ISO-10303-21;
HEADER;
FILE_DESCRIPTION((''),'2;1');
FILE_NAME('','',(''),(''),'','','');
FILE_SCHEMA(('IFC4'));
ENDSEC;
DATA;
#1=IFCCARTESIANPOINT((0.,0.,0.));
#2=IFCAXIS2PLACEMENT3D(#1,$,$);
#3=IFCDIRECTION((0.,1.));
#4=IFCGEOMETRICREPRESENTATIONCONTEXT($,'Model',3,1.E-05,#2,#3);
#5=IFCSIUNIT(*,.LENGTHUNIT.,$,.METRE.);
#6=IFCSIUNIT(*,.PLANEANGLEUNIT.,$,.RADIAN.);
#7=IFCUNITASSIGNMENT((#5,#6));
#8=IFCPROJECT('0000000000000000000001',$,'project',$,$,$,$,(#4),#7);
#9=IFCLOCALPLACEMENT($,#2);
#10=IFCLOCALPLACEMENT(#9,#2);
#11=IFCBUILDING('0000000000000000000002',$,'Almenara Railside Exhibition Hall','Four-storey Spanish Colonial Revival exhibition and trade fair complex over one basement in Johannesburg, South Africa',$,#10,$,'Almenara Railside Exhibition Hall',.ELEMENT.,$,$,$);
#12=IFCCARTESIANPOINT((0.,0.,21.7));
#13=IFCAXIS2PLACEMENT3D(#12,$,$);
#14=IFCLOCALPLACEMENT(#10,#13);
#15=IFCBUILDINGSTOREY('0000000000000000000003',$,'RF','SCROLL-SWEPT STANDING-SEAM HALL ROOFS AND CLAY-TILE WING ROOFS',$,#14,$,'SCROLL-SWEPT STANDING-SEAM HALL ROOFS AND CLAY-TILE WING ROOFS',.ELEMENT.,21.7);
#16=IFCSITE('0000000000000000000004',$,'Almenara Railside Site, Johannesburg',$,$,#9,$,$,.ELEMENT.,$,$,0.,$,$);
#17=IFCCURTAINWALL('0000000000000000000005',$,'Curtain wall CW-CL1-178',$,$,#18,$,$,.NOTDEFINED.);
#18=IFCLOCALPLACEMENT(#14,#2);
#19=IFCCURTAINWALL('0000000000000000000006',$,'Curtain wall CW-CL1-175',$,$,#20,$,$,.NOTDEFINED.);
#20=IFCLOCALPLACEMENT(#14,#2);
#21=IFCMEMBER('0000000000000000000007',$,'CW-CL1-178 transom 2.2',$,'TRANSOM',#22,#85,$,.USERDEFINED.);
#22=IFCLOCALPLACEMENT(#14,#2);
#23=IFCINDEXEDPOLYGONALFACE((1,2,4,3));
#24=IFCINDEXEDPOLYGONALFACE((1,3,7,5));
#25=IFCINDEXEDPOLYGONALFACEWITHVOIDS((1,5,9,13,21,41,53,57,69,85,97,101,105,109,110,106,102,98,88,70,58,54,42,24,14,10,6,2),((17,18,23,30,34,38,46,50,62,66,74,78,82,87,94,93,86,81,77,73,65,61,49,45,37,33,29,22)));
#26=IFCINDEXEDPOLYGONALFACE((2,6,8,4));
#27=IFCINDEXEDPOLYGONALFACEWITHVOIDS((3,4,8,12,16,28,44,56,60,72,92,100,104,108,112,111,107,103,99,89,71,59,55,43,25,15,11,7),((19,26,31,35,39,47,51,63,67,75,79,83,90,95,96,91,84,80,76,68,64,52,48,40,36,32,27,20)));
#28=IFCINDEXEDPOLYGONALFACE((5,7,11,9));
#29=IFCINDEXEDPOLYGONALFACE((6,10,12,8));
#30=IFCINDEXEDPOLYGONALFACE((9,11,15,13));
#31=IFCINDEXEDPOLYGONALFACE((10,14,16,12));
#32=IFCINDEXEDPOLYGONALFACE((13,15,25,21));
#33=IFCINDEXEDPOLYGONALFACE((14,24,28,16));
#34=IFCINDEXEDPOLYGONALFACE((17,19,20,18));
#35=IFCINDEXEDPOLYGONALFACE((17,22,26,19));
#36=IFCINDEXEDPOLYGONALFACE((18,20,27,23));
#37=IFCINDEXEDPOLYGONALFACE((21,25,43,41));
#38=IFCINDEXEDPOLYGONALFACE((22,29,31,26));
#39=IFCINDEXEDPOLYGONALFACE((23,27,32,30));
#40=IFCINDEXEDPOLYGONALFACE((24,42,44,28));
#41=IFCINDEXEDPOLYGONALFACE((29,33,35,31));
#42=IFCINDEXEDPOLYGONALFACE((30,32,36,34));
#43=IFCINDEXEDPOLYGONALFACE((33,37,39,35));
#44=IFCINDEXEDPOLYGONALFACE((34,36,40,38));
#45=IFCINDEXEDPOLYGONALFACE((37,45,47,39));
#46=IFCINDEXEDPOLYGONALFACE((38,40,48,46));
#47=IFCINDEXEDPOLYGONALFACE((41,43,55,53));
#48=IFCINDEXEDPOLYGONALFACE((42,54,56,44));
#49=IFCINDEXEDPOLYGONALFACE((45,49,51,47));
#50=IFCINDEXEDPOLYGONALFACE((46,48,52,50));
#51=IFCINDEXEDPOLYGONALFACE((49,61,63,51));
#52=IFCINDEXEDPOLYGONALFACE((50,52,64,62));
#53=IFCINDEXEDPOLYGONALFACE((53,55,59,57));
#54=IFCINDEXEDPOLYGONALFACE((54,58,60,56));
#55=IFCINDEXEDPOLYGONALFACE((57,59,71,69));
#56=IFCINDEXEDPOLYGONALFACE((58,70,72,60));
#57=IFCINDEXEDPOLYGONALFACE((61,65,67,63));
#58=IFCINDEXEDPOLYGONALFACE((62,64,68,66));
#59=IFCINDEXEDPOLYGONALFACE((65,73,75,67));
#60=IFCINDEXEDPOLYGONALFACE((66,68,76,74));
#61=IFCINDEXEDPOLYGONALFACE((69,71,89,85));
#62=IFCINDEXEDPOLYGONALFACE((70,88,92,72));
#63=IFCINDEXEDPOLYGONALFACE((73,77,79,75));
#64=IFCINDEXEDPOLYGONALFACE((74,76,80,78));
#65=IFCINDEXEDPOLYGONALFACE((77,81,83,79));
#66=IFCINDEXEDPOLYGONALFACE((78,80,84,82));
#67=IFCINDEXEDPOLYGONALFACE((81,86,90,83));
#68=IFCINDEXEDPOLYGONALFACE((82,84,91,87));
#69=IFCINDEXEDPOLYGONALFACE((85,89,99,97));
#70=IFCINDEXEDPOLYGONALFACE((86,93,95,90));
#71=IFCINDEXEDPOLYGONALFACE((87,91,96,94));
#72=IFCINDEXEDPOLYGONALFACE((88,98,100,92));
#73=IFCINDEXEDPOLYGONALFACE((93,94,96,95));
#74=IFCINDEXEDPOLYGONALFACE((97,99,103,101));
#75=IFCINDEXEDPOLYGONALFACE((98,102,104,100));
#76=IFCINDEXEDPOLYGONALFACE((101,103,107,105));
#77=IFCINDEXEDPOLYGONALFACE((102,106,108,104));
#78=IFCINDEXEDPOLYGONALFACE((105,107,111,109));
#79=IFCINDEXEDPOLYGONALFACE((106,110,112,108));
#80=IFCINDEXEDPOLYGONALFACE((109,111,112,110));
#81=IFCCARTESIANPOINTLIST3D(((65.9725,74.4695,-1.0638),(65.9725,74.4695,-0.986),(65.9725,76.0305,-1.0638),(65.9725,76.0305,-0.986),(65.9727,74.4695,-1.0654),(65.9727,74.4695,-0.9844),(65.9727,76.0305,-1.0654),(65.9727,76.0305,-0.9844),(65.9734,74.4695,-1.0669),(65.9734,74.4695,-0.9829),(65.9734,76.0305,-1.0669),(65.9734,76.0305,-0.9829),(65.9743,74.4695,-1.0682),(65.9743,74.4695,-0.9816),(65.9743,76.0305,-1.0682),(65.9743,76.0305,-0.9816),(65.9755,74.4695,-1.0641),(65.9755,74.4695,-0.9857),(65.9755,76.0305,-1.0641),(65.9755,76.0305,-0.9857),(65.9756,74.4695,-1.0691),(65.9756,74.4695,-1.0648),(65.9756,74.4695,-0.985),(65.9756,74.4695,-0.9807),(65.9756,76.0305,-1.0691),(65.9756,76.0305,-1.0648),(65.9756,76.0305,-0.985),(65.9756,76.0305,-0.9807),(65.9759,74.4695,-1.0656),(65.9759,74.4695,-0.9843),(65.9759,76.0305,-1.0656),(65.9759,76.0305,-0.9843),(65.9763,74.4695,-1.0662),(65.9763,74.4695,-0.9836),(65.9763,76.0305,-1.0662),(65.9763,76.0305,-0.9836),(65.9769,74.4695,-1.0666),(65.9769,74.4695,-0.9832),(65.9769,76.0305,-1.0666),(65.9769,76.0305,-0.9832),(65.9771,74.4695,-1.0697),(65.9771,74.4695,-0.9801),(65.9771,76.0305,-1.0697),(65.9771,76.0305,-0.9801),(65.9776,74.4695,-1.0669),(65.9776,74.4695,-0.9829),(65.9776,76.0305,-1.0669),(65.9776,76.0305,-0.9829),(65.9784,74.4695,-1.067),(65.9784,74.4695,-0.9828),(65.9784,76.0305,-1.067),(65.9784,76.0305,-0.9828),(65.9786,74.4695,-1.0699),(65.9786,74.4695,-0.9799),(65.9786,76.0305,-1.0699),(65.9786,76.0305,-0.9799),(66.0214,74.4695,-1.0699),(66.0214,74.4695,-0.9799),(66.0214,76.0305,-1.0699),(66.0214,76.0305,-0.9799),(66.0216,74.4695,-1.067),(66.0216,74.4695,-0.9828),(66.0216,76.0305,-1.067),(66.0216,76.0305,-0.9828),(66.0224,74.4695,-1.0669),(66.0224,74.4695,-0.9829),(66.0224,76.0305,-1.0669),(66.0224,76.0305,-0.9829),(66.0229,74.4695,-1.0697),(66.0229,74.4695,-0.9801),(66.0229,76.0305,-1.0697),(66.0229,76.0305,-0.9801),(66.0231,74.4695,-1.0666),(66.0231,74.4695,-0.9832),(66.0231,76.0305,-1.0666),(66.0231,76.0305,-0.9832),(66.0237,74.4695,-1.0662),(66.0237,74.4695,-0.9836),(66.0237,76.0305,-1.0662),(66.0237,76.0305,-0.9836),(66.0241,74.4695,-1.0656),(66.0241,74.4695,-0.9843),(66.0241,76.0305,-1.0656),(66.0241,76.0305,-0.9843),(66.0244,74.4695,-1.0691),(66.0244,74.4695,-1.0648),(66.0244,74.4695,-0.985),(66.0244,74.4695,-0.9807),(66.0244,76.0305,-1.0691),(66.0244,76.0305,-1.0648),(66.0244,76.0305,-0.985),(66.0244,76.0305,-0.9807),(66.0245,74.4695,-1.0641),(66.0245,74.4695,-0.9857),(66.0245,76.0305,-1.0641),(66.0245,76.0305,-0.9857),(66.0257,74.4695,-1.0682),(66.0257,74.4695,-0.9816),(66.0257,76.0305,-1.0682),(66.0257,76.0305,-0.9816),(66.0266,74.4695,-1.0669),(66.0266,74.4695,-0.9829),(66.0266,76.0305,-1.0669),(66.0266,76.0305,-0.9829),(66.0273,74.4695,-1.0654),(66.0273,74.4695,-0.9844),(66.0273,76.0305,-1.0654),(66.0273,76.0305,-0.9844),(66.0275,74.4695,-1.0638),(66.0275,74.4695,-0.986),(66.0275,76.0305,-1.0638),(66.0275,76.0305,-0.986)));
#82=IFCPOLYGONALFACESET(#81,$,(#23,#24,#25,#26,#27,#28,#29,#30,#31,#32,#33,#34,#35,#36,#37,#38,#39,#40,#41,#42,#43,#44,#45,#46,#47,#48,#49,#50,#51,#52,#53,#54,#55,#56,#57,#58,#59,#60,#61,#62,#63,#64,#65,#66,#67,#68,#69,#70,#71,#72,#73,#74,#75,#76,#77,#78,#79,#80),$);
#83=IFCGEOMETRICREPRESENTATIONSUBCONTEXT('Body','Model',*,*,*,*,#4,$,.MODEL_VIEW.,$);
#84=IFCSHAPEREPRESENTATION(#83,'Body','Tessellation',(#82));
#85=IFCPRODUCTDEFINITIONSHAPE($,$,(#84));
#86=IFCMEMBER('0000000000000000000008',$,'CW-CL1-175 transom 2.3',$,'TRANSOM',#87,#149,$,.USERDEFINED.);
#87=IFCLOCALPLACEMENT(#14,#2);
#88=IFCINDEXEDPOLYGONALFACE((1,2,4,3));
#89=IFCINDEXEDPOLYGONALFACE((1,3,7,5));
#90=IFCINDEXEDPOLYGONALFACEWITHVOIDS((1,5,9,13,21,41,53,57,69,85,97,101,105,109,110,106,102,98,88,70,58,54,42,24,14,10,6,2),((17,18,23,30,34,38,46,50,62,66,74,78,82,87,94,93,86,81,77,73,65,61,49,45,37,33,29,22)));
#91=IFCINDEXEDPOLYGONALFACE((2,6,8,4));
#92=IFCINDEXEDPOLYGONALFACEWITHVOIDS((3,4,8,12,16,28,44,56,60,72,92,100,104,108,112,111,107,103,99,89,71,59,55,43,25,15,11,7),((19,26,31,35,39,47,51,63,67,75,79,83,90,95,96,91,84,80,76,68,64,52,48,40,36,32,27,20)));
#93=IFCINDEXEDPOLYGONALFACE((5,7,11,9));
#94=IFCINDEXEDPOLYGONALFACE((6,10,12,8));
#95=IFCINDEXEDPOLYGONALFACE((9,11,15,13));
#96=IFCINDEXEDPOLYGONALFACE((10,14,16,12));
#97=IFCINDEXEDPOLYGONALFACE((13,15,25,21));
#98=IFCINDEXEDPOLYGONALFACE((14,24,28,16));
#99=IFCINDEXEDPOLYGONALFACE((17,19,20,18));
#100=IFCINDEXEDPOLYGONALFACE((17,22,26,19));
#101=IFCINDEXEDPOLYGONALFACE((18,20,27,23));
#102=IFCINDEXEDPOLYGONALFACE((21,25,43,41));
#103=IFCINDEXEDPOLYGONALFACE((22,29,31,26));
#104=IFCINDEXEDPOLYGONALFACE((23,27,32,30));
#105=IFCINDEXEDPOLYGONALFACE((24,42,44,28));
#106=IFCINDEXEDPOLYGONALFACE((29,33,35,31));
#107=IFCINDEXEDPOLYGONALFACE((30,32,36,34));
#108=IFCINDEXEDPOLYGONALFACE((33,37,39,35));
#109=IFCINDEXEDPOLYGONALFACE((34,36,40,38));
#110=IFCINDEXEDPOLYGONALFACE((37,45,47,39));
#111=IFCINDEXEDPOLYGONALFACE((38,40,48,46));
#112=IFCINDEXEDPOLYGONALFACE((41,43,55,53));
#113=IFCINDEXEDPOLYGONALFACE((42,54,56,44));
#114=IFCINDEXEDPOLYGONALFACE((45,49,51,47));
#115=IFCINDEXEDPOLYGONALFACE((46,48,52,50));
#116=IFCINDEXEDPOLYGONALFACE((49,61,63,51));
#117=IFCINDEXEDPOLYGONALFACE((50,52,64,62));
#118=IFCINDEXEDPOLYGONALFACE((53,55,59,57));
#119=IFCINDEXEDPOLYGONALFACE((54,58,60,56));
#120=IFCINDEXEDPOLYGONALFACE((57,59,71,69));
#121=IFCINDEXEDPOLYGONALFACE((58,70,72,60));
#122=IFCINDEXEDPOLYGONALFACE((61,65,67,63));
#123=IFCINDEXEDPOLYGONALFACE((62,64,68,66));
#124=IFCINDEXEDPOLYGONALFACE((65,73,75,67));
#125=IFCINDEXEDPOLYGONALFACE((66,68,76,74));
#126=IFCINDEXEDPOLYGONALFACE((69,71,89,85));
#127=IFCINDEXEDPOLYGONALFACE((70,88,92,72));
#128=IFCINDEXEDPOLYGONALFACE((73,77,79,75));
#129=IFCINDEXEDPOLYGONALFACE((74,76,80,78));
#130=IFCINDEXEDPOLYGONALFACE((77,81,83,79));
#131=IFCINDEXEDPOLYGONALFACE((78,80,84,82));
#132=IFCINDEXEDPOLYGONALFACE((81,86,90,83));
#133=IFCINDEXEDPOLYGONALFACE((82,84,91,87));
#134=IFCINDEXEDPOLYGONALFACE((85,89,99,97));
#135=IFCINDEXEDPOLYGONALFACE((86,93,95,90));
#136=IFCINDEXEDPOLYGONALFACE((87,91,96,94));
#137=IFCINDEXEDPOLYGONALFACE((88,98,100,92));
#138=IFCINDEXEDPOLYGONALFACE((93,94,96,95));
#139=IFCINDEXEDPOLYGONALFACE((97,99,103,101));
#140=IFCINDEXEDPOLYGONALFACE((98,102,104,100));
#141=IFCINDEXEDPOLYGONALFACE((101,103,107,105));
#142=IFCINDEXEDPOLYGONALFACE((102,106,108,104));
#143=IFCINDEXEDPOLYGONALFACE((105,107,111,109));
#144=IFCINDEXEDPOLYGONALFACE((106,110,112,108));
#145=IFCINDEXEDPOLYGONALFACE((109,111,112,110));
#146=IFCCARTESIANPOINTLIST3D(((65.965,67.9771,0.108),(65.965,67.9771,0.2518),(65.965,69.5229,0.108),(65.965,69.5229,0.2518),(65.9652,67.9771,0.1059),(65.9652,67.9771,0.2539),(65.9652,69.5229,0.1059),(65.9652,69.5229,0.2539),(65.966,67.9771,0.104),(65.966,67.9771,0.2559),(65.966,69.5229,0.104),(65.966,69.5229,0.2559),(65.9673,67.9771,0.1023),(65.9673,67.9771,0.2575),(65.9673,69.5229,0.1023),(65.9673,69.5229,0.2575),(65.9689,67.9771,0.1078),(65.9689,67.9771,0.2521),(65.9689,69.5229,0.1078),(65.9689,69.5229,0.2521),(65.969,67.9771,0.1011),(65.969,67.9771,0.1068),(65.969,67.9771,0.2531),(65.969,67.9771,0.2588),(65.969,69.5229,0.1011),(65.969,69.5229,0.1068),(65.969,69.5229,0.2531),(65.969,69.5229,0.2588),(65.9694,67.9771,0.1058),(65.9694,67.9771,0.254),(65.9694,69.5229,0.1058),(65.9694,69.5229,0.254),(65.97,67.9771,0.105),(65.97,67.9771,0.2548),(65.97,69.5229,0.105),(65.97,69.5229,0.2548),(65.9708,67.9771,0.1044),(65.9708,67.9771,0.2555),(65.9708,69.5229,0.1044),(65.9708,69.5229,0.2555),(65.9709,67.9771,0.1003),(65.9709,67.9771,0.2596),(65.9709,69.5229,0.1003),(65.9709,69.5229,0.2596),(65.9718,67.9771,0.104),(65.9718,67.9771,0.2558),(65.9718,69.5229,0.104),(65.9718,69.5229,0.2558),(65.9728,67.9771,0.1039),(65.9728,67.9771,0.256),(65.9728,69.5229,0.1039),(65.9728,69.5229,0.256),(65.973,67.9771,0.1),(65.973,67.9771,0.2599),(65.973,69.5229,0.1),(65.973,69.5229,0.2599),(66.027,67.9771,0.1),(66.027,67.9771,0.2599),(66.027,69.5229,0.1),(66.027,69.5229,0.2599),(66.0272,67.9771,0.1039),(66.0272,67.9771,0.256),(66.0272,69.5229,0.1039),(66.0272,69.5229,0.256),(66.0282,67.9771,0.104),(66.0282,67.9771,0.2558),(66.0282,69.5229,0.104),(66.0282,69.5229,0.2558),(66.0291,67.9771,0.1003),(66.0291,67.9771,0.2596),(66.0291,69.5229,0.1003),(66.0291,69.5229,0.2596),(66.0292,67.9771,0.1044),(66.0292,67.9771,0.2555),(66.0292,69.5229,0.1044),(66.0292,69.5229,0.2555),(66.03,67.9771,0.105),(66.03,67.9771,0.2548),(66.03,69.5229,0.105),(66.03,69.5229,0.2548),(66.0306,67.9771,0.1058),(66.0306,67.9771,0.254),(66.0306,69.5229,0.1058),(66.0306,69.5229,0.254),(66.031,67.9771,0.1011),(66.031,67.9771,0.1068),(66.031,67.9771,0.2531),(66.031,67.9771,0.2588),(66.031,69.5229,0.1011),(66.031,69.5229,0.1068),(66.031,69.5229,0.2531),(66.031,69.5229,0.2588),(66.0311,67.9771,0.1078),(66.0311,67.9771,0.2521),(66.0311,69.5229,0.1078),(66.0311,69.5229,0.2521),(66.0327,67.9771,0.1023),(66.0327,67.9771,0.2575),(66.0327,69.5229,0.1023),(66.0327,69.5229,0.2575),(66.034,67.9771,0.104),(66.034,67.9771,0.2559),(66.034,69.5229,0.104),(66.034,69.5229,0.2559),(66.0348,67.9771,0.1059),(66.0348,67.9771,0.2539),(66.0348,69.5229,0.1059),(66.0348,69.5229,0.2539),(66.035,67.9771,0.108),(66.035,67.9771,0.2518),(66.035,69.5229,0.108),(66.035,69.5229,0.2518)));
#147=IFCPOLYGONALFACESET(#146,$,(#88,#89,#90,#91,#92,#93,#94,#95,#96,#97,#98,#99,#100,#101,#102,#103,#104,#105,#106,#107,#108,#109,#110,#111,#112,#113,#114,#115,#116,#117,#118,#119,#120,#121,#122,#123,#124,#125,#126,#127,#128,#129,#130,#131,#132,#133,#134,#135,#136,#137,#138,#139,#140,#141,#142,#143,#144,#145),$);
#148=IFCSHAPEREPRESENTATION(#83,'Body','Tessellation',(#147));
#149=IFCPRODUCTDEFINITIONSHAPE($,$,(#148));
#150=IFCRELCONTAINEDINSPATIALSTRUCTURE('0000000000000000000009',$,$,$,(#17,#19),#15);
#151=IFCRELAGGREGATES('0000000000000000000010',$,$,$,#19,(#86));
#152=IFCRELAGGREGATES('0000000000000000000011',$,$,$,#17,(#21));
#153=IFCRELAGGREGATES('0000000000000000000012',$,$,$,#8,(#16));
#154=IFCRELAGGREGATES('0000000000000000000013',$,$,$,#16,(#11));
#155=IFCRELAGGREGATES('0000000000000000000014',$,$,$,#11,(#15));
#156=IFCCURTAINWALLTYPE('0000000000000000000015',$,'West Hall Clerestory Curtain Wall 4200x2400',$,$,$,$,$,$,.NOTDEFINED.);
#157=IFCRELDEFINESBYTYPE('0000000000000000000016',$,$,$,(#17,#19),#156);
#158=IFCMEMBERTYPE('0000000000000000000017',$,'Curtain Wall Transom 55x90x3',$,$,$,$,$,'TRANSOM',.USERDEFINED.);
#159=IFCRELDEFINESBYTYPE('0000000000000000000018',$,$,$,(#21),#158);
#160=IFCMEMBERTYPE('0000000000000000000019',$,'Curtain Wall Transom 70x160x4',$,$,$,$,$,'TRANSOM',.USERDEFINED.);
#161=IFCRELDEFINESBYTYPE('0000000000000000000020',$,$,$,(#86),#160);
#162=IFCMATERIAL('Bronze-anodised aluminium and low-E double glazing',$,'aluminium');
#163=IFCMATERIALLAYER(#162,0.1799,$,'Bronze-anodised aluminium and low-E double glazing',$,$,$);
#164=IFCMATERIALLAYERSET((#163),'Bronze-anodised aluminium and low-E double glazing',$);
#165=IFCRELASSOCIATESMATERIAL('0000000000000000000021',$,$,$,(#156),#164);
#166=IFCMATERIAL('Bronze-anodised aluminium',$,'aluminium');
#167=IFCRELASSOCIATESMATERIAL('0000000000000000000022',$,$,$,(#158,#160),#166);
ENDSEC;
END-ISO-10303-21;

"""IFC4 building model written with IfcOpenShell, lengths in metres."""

from ifc_helpers import new_model, si_unit, direction, frame, origin, origin_2d, place, context, subcontext, project, spatial, hollow_rectangle, extrude, material, layer, layer_set, material_profile, profile_set, type_object, element, aggregate, save


model = new_model("IFC4")

# Units and contexts
model_context = context("Model", 3, precision=1e-05, world=origin(), true_north=direction((0.0, 1.0)))
body_context = subcontext(model_context, "Body", "Model", "MODEL_VIEW")
ifc_project = project(units=[si_unit("LENGTHUNIT", "METRE"), si_unit("PLANEANGLEUNIT", "RADIAN")], contexts=[model_context])

# Site, building, storey
site_placement = place(None, origin())
site = spatial("IfcSite", under=ifc_project, at=site_placement, Name="Almenara Railside Site, Johannesburg", CompositionType="ELEMENT", RefElevation=0.0)
building_placement = place(site_placement, origin())
building = spatial("IfcBuilding", under=site, at=building_placement, Name="Almenara Railside Exhibition Hall", Description="Four-storey Spanish Colonial Revival exhibition and trade fair complex over one basement in Johannesburg, South Africa", LongName="Almenara Railside Exhibition Hall", CompositionType="ELEMENT")
storey_placement = place(building_placement, frame((0.0, 0.0, 21.7)))
storey = spatial("IfcBuildingStorey", under=building, at=storey_placement, Name="RF", Description="SCROLL-SWEPT STANDING-SEAM HALL ROOFS AND CLAY-TILE WING ROOFS", LongName="SCROLL-SWEPT STANDING-SEAM HALL ROOFS AND CLAY-TILE WING ROOFS", CompositionType="ELEMENT", Elevation=21.7)

# Curtain walls
ifc_material_1 = material(Name="Bronze-anodised aluminium and low-E double glazing", Category="aluminium")
ifc_layer_1 = layer(ifc_material_1, 0.1799, Name="Bronze-anodised aluminium and low-E double glazing")
ifc_layer_set_1 = layer_set([ifc_layer_1], Name="Bronze-anodised aluminium and low-E double glazing")
curtain_wall_type = type_object("IfcCurtainWallType", Name="West Hall Clerestory Curtain Wall 4200x2400", PredefinedType="NOTDEFINED", material=ifc_layer_set_1)
curtain_wall_1_placement = place(storey_placement, origin())
curtain_wall_1 = element("IfcCurtainWall", 1, at=curtain_wall_1_placement, inside=storey, type_object=curtain_wall_type, Name="Curtain wall CW-CL1-178", PredefinedType="NOTDEFINED")
ifc_material_2 = material(Name="Bronze-anodised aluminium", Category="aluminium")
curtain_wall_2_placement = place(storey_placement, origin())
curtain_wall_2 = element("IfcCurtainWall", 2, at=curtain_wall_2_placement, inside=storey, type_object=curtain_wall_type, Name="Curtain wall CW-CL1-175", PredefinedType="NOTDEFINED")

# Members
ifc_material_profile_1 = material_profile(ifc_material_2, hollow_rectangle(XDim=0.0549, YDim=0.0901, WallThickness=0.0029, InnerFilletRadius=0.0029, OuterFilletRadius=0.0061, at=origin_2d()), Name="ALU-TRN 55x90x3")
ifc_profile_set_1 = profile_set([ifc_material_profile_1], Name="Bronze-anodised aluminium")
member_type_1 = type_object("IfcMemberType", Name="Curtain Wall Transom 55x90x3", ElementType="TRANSOM", PredefinedType="USERDEFINED", material=ifc_profile_set_1)
member_1_placement = place(storey_placement, frame((66.0, 74.4695, -1.0249), z_axis=(0.0, 1.0, 0.0), x_axis=(-1.0, 0.0, 0.0)))
member_1 = element("IfcMember", 3, at=member_1_placement, type_object=member_type_1, Name="CW-CL1-178 transom 2.2", ObjectType="TRANSOM", PredefinedType="USERDEFINED", context=body_context, shape_type="SweptSolid", body=[
    extrude(hollow_rectangle(XDim=0.0549, YDim=0.0901, WallThickness=0.0029, InnerFilletRadius=0.0029, OuterFilletRadius=0.0061, at=origin_2d()), origin(), (0.0, 0.0, 1.0), 1.561),
])
ifc_material_profile_2 = material_profile(ifc_material_2, hollow_rectangle(XDim=0.0701, YDim=0.1599, WallThickness=0.0039, InnerFilletRadius=0.0039, OuterFilletRadius=0.0081, at=origin_2d()), Name="ALU-TRN 70x160x4")
ifc_profile_set_2 = profile_set([ifc_material_profile_2], Name="Bronze-anodised aluminium")
member_type_2 = type_object("IfcMemberType", Name="Curtain Wall Transom 70x160x4", ElementType="TRANSOM", PredefinedType="USERDEFINED", material=ifc_profile_set_2)
member_2_placement = place(storey_placement, frame((66.0, 67.9771, 0.1799), z_axis=(0.0, 1.0, 0.0), x_axis=(-1.0, 0.0, 0.0)))
member_2 = element("IfcMember", 4, at=member_2_placement, type_object=member_type_2, Name="CW-CL1-175 transom 2.3", ObjectType="TRANSOM", PredefinedType="USERDEFINED", context=body_context, shape_type="SweptSolid", body=[
    extrude(hollow_rectangle(XDim=0.0701, YDim=0.1599, WallThickness=0.0039, InnerFilletRadius=0.0039, OuterFilletRadius=0.0081, at=origin_2d()), origin(), (0.0, 0.0, 1.0), 1.5459),
])

aggregate(curtain_wall_2, [member_2])
aggregate(curtain_wall_1, [member_1])

save(model, "model.ifc")
